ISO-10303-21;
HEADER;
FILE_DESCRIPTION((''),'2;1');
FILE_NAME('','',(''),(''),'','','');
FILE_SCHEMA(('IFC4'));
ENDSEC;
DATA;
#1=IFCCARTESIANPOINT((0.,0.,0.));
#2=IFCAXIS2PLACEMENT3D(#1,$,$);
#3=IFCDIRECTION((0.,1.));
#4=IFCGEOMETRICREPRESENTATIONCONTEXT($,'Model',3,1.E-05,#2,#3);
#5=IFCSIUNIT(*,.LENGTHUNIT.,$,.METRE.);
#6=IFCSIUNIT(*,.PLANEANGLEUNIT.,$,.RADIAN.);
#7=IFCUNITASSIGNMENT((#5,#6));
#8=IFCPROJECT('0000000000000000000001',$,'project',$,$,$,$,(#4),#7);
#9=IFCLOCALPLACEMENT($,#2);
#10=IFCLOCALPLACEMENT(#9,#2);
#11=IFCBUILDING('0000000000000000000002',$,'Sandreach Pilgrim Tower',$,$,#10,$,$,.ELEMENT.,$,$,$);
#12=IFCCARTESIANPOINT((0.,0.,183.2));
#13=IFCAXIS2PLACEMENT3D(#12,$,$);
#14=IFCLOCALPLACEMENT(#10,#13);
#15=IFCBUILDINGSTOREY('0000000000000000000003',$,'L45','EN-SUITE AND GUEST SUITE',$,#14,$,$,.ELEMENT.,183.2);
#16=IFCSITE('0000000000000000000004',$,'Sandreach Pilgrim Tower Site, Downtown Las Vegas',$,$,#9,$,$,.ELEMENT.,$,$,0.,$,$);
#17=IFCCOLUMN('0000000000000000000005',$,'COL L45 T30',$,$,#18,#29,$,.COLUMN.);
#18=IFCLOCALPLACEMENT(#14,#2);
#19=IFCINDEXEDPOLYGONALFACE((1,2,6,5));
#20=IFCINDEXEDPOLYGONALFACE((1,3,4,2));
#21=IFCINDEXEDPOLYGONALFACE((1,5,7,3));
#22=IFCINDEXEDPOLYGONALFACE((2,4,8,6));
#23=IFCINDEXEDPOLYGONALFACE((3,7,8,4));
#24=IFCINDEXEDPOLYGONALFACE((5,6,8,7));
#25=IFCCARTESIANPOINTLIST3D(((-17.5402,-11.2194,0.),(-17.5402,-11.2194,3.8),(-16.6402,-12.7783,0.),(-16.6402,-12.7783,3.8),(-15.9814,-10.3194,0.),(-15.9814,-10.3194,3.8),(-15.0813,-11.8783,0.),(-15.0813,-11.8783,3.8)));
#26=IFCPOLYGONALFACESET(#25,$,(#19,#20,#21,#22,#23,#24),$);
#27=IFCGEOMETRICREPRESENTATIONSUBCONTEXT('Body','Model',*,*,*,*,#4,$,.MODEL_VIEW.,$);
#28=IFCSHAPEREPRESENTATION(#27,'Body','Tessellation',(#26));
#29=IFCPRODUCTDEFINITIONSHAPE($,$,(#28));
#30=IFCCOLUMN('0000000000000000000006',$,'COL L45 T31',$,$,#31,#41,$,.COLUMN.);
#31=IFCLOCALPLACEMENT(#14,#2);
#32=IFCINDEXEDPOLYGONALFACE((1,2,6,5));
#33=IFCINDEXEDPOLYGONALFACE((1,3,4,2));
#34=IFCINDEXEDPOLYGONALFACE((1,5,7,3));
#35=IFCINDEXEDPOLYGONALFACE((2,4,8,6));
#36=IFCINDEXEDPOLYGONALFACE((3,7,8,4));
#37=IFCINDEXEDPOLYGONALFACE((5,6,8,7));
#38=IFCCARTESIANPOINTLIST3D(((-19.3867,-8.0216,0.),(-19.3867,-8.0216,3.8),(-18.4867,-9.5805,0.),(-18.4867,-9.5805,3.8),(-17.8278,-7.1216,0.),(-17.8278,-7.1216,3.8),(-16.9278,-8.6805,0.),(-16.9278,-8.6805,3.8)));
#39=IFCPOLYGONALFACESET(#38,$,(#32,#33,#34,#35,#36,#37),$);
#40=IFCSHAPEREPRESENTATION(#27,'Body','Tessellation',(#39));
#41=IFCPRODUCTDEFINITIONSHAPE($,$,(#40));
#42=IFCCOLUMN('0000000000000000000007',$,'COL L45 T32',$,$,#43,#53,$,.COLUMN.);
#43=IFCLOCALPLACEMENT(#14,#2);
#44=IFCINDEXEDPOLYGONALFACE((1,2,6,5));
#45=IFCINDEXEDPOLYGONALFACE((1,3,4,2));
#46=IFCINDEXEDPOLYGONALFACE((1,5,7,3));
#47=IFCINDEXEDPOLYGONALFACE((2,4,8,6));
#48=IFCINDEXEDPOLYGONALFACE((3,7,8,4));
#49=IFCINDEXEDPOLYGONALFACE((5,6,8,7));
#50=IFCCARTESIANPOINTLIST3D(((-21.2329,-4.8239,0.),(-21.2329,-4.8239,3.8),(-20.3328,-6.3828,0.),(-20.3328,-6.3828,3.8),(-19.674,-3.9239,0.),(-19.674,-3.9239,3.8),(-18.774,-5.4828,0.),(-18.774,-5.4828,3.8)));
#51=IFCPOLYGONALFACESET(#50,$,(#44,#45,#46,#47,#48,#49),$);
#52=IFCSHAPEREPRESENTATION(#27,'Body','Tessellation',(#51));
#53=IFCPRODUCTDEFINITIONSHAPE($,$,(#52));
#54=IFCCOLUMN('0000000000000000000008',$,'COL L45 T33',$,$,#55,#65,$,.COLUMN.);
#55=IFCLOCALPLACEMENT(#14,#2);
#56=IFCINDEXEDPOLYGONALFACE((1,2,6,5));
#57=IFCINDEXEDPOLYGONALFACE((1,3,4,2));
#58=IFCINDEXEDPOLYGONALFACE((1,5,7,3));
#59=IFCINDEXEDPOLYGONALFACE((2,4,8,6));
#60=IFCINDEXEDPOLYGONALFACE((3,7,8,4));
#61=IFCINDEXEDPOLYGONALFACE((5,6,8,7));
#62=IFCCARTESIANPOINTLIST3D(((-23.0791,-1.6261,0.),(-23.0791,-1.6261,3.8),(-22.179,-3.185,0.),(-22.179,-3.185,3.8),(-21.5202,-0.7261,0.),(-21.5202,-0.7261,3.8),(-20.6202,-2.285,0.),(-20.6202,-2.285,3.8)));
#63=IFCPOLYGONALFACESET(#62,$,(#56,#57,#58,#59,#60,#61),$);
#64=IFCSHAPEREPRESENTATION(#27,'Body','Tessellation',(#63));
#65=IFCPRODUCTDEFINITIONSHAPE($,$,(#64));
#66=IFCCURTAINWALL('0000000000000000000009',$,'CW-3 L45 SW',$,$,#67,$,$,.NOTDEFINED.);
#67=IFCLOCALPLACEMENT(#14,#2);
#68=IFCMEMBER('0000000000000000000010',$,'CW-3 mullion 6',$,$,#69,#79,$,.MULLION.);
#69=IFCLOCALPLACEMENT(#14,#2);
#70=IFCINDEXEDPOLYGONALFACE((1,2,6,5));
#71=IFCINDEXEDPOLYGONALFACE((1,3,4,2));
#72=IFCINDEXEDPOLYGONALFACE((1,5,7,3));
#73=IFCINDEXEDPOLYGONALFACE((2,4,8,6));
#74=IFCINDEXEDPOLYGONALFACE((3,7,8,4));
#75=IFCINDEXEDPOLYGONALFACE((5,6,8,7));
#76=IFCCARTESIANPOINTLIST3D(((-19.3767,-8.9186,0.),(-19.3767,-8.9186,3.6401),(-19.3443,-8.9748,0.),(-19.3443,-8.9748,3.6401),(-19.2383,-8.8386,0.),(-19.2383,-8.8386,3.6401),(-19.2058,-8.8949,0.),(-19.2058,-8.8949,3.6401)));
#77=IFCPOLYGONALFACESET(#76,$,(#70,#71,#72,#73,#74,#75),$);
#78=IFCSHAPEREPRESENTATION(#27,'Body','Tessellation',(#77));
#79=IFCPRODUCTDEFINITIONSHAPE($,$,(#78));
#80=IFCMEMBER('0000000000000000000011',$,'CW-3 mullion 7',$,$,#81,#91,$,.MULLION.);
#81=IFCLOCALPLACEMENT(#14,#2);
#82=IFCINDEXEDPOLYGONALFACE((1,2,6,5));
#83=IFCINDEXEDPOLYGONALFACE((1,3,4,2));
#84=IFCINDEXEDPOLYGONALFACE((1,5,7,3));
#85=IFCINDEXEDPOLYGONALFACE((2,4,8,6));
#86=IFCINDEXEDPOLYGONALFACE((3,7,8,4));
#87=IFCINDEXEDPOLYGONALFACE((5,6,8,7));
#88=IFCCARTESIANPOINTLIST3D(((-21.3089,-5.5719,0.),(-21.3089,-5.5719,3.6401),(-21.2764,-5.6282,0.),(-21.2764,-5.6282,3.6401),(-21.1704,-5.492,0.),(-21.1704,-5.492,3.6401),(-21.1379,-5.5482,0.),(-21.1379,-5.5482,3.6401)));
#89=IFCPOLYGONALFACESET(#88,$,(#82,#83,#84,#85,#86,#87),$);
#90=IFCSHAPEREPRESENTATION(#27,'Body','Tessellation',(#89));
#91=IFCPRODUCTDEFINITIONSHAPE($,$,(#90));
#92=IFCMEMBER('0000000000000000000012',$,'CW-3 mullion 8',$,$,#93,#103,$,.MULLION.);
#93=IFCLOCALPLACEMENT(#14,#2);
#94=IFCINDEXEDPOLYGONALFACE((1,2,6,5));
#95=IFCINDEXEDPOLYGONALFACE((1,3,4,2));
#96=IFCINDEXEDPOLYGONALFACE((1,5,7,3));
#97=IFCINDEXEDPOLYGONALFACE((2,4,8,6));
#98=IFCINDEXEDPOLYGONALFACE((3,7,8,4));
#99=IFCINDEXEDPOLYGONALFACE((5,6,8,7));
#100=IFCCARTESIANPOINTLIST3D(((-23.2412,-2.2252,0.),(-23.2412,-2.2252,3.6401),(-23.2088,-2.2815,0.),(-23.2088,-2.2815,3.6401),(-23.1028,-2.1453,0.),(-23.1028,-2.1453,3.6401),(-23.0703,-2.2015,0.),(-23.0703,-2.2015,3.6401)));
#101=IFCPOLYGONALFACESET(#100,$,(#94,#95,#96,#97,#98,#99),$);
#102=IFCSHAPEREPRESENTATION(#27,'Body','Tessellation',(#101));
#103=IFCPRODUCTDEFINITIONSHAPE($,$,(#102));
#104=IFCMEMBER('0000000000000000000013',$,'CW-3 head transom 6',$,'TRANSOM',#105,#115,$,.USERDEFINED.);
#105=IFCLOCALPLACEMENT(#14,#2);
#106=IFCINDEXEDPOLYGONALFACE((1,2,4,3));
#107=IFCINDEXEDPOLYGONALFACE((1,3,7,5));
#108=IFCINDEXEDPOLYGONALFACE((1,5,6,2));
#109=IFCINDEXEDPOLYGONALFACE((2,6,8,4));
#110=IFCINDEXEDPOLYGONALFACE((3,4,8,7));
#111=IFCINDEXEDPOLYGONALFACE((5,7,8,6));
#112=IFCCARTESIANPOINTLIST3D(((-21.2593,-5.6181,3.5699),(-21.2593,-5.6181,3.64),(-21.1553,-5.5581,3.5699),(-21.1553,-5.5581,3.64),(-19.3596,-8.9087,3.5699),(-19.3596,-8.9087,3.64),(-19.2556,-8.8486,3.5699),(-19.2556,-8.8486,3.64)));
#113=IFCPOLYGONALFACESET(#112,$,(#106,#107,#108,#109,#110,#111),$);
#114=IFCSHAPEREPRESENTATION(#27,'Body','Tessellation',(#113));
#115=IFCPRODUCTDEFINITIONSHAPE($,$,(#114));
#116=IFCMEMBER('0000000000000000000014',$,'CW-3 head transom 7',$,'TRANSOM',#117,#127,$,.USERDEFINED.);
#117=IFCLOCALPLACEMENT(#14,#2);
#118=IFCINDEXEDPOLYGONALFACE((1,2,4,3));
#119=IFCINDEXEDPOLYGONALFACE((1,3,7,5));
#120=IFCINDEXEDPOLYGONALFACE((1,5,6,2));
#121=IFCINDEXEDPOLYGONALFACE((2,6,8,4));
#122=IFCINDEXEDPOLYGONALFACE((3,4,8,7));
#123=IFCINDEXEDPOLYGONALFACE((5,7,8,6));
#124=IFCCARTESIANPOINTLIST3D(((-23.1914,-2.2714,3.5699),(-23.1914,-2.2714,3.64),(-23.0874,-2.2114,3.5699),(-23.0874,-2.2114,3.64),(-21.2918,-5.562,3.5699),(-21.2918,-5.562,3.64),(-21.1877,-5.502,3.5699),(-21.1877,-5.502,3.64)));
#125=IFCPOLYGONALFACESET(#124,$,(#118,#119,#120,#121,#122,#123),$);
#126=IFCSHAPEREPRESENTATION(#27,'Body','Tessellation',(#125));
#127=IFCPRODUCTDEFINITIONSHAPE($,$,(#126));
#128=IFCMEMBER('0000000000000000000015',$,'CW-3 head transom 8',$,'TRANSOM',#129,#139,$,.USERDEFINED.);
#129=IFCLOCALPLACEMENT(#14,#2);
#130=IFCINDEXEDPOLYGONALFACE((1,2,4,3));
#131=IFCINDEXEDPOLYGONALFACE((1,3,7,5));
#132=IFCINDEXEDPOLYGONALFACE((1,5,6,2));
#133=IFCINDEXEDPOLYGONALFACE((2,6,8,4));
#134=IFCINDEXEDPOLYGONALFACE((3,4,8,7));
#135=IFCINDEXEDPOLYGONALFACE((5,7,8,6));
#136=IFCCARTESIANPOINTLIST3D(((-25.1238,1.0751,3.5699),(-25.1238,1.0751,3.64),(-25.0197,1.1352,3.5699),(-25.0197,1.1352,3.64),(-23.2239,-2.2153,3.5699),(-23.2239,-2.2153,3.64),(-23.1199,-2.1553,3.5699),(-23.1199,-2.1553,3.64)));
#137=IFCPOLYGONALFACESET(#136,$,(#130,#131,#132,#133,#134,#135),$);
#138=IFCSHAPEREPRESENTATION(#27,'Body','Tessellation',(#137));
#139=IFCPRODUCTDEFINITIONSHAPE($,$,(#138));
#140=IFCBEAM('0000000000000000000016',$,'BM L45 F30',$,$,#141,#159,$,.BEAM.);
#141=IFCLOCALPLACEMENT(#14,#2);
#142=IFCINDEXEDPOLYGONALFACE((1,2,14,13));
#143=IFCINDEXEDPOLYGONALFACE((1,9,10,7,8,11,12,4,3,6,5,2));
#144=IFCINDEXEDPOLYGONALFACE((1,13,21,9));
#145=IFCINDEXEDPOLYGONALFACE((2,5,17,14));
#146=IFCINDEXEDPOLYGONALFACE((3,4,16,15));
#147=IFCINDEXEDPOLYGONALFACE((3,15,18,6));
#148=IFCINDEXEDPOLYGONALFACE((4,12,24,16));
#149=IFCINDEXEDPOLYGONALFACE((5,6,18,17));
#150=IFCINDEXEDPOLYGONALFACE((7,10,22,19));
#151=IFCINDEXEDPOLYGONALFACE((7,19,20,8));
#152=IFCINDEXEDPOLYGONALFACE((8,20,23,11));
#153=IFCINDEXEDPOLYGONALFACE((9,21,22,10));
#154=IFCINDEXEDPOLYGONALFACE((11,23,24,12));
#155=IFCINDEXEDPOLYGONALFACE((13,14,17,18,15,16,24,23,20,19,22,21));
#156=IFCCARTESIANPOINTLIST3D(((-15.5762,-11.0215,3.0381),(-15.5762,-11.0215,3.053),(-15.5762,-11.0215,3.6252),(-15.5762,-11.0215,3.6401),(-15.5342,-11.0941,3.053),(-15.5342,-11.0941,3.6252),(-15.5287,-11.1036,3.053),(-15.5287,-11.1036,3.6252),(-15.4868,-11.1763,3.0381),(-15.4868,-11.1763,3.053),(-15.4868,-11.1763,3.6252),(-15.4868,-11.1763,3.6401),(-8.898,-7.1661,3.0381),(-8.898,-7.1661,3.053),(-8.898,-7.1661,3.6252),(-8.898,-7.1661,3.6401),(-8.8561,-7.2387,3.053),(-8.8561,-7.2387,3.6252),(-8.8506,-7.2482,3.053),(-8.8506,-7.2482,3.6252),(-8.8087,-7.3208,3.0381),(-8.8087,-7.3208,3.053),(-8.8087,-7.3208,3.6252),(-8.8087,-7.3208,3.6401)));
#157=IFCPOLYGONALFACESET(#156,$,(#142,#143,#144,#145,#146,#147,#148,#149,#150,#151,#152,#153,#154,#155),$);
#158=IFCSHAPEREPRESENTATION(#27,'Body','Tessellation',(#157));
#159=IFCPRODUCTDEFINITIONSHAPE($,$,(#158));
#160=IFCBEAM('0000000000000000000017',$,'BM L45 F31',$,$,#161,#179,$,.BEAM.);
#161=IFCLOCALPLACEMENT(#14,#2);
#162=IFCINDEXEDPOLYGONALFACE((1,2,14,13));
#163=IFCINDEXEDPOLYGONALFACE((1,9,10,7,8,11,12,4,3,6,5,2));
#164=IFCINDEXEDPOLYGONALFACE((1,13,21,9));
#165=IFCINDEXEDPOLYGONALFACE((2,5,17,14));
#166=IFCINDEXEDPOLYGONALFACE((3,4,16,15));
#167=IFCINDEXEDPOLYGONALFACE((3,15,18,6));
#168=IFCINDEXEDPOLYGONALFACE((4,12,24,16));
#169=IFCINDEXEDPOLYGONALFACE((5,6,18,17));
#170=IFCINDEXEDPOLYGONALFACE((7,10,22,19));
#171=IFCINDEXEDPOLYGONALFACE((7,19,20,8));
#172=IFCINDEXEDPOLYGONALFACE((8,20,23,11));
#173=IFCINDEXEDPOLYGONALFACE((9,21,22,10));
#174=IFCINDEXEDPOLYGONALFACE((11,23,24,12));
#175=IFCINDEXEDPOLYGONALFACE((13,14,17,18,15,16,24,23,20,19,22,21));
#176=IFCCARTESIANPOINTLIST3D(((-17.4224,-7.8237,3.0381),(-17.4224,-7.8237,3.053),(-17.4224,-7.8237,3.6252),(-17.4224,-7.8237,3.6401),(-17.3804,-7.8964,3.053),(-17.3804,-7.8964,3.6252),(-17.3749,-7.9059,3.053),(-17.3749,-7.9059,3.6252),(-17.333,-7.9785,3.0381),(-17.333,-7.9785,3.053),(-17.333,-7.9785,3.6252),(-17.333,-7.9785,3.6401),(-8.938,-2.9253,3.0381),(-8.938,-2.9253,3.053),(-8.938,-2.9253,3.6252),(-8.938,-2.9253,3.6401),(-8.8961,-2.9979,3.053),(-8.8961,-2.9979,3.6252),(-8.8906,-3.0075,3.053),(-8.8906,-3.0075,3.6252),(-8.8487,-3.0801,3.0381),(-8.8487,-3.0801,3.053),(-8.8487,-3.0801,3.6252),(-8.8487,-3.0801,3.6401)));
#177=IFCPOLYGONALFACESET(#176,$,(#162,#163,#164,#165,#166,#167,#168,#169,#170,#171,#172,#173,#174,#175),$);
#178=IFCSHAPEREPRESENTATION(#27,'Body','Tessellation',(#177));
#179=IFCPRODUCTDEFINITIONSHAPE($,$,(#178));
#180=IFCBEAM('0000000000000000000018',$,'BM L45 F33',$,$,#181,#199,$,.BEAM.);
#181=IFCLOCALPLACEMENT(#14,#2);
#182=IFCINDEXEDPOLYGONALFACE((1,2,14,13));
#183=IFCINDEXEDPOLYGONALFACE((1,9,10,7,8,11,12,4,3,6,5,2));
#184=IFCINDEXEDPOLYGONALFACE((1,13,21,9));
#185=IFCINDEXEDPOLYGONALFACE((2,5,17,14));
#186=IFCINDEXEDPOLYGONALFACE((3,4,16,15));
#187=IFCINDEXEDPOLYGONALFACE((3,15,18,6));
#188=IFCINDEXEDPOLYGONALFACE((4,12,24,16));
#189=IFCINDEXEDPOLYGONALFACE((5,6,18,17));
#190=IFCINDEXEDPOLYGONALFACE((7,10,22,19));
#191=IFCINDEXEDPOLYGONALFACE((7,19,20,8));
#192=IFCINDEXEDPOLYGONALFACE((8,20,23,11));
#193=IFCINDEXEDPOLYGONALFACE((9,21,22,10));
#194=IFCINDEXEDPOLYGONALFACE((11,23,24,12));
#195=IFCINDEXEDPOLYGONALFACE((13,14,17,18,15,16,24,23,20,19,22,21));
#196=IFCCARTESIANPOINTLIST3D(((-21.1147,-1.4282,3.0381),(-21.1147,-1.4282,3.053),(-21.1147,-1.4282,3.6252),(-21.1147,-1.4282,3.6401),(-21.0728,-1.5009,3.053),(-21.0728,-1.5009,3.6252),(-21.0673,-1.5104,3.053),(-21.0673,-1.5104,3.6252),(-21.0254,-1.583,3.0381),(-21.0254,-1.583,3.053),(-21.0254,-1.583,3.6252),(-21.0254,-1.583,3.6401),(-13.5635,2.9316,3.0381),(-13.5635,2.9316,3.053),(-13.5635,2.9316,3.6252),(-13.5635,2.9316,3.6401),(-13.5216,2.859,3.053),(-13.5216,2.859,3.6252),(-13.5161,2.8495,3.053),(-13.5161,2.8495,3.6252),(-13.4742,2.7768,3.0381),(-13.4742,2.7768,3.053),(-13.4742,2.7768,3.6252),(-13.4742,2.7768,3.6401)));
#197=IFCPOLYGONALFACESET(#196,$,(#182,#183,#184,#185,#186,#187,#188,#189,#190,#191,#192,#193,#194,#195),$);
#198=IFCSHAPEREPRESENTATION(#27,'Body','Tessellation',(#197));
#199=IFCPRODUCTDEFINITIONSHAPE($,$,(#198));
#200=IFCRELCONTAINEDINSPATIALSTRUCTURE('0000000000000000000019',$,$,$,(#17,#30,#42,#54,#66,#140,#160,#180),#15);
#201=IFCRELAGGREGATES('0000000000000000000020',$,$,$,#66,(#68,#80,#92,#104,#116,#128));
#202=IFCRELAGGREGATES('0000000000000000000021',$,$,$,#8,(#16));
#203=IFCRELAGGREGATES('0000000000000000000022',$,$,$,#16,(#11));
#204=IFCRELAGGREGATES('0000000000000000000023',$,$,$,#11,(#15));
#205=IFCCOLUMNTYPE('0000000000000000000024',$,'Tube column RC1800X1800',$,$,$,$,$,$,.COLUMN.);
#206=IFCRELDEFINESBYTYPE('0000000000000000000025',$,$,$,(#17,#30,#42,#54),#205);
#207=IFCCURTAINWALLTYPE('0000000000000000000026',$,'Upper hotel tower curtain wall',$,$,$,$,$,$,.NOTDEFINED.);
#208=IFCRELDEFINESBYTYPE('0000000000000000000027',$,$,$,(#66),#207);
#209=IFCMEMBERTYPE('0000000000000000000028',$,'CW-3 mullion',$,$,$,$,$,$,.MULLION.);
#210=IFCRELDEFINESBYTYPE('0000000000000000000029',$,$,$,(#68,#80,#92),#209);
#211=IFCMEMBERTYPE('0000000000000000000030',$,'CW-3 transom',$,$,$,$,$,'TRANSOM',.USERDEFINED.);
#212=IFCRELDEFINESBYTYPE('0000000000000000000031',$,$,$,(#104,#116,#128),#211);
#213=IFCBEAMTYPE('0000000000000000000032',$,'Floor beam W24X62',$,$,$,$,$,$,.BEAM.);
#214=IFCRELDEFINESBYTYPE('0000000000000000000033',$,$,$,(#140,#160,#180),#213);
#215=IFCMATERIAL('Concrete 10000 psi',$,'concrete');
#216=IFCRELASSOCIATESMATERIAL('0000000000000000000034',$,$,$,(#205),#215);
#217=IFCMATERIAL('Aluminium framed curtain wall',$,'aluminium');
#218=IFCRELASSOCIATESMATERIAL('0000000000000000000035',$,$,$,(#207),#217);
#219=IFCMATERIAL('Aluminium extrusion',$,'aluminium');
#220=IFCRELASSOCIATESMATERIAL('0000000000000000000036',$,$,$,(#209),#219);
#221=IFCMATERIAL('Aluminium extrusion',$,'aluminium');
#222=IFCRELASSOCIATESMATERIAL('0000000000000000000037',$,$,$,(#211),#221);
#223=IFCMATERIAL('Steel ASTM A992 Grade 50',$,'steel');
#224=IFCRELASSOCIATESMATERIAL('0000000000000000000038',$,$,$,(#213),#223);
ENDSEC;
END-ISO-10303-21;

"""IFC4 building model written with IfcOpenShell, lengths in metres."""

from ifc_helpers import new_model, si_unit, direction, frame, origin, origin_2d, place, context, subcontext, project, spatial, rectangle, i_section, extrude, material, material_profile, profile_set, type_object, element, aggregate, save


model = new_model("IFC4")

# Units and contexts
model_context = context("Model", 3, precision=1e-05, world=origin(), true_north=direction((0.0, 1.0)))
body_context = subcontext(model_context, "Body", "Model", "MODEL_VIEW")
ifc_project = project(units=[si_unit("LENGTHUNIT", "METRE"), si_unit("PLANEANGLEUNIT", "RADIAN")], contexts=[model_context])

# Site, building, storey
site_placement = place(None, origin())
site = spatial("IfcSite", under=ifc_project, at=site_placement, Name="Sandreach Pilgrim Tower Site, Downtown Las Vegas", CompositionType="ELEMENT", RefElevation=0.0)
building_placement = place(site_placement, origin())
building = spatial("IfcBuilding", under=site, at=building_placement, Name="Sandreach Pilgrim Tower", CompositionType="ELEMENT")
storey_placement = place(building_placement, frame((0.0, 0.0, 183.2)))
storey = spatial("IfcBuildingStorey", under=building, at=storey_placement, Name="L45", Description="EN-SUITE AND GUEST SUITE", CompositionType="ELEMENT", Elevation=183.2)

# Columns
ifc_material_1 = material(Name="Concrete 10000 psi", Category="concrete")
ifc_material_profile_1 = material_profile(ifc_material_1, rectangle(XDim=1.8, YDim=1.8, at=origin_2d()), Name="RC1800X1800")
ifc_profile_set_1 = profile_set([ifc_material_profile_1], Name="Concrete 10000 psi")
column_type = type_object("IfcColumnType", Name="Tube column RC1800X1800", PredefinedType="COLUMN", material=ifc_profile_set_1)
for number, where, z_axis, x_axis, name in (
    (1, (-16.3108, -11.5488, 0.0), (0.0, 0.0, 1.0), (-0.866025, -0.5, 0.0), "COL L45 T30"),
    (2, (-18.1572, -8.3511, 0.0), (0.0, 0.0, 1.0), (-0.866025, -0.5, 0.0), "COL L45 T31"),
    (3, (-20.0034, -5.1533, 0.0), (0.0, 0.0, 1.0), (-0.866025, -0.5, 0.0), "COL L45 T32"),
    (4, (-21.8496, -1.9556, 0.0), (0.0, 0.0, 1.0), (-0.866025, -0.5, 0.0), "COL L45 T33"),
):
    element("IfcColumn", number, at=place(storey_placement, frame(where, z_axis=z_axis, x_axis=x_axis)), inside=storey, type_object=column_type, Name=name, PredefinedType="COLUMN", context=body_context, shape_type="SweptSolid", body=[
        extrude(rectangle(XDim=1.8, YDim=1.8, at=origin_2d()), origin(), (0.0, 0.0, 1.0), 3.8),
    ])

# Curtain wall, members
ifc_material_2 = material(Name="Aluminium framed curtain wall", Category="aluminium")
curtain_wall_type = type_object("IfcCurtainWallType", Name="Upper hotel tower curtain wall", PredefinedType="NOTDEFINED", material=ifc_material_2)
curtain_wall_placement = place(storey_placement, origin())
curtain_wall = element("IfcCurtainWall", 5, at=curtain_wall_placement, inside=storey, type_object=curtain_wall_type, Name="CW-3 L45 SW", PredefinedType="NOTDEFINED")
ifc_material_3 = material(Name="Aluminium extrusion", Category="aluminium")
ifc_material_profile_2 = material_profile(ifc_material_3, rectangle(XDim=0.0649, YDim=0.1599, at=origin_2d()), Name="CW-3M 65X160")
ifc_profile_set_2 = profile_set([ifc_material_profile_2], Name="Aluminium extrusion")
member_type_1 = type_object("IfcMemberType", Name="CW-3 mullion", PredefinedType="MULLION", material=ifc_profile_set_2)
member_1_placement = place(storey_placement, frame((-19.2913, -8.9067, 0.0), z_axis=(0.0, 0.0, 1.0), x_axis=(-0.5, 0.866025, 0.0)))
member_1 = element("IfcMember", 6, at=member_1_placement, type_object=member_type_1, Name="CW-3 mullion 6", PredefinedType="MULLION", context=body_context, shape_type="SweptSolid", body=[
    extrude(rectangle(XDim=0.0649, YDim=0.1599, at=origin_2d()), origin(), (0.0, 0.0, 1.0), 3.6401),
])
member_2_placement = place(storey_placement, frame((-21.2234, -5.5601, 0.0), z_axis=(0.0, 0.0, 1.0), x_axis=(-0.5, 0.866025, 0.0)))
member_2 = element("IfcMember", 7, at=member_2_placement, type_object=member_type_1, Name="CW-3 mullion 7", PredefinedType="MULLION", context=body_context, shape_type="SweptSolid", body=[
    extrude(rectangle(XDim=0.0649, YDim=0.1599, at=origin_2d()), origin(), (0.0, 0.0, 1.0), 3.6401),
])
member_3_placement = place(storey_placement, frame((-23.1558, -2.2134, 0.0), z_axis=(0.0, 0.0, 1.0), x_axis=(-0.5, 0.866025, 0.0)))
member_3 = element("IfcMember", 8, at=member_3_placement, type_object=member_type_1, Name="CW-3 mullion 8", PredefinedType="MULLION", context=body_context, shape_type="SweptSolid", body=[
    extrude(rectangle(XDim=0.0649, YDim=0.1599, at=origin_2d()), origin(), (0.0, 0.0, 1.0), 3.6401),
])
ifc_material_4 = material(Name="Aluminium extrusion", Category="aluminium")
ifc_material_profile_3 = material_profile(ifc_material_4, rectangle(XDim=0.1201, YDim=0.0701, at=origin_2d()), Name="CW-3T 120X70")
ifc_profile_set_3 = profile_set([ifc_material_profile_3], Name="Aluminium extrusion")
member_type_2 = type_object("IfcMemberType", Name="CW-3 transom", ElementType="TRANSOM", PredefinedType="USERDEFINED", material=ifc_profile_set_3)
member_4_placement = place(storey_placement, frame((-19.3076, -8.8787, 3.605), z_axis=(-0.499975, 0.86604, 0.0), x_axis=(-0.86604, -0.499975, 0.0)))
member_4 = element("IfcMember", 9, at=member_4_placement, type_object=member_type_2, Name="CW-3 head transom 6", ObjectType="TRANSOM", PredefinedType="USERDEFINED", context=body_context, shape_type="SweptSolid", body=[
    extrude(rectangle(XDim=0.1201, YDim=0.0701, at=origin_2d()), origin(), (0.0, 0.0, 1.0), 3.7996),
])
member_5_placement = place(storey_placement, frame((-21.2397, -5.532, 3.605), z_axis=(-0.499975, 0.86604, 0.0), x_axis=(-0.86604, -0.499975, 0.0)))
member_5 = element("IfcMember", 10, at=member_5_placement, type_object=member_type_2, Name="CW-3 head transom 7", ObjectType="TRANSOM", PredefinedType="USERDEFINED", context=body_context, shape_type="SweptSolid", body=[
    extrude(rectangle(XDim=0.1201, YDim=0.0701, at=origin_2d()), origin(), (0.0, 0.0, 1.0), 3.7996),
])
member_6_placement = place(storey_placement, frame((-23.1719, -2.1853, 3.605), z_axis=(-0.500023, 0.866012, 0.0), x_axis=(-0.866012, -0.500023, 0.0)))
member_6 = element("IfcMember", 11, at=member_6_placement, type_object=member_type_2, Name="CW-3 head transom 8", ObjectType="TRANSOM", PredefinedType="USERDEFINED", context=body_context, shape_type="SweptSolid", body=[
    extrude(rectangle(XDim=0.1201, YDim=0.0701, at=origin_2d()), origin(), (0.0, 0.0, 1.0), 3.7996),
])

# Beams
ifc_material_5 = material(Name="Steel ASTM A992 Grade 50", Category="steel")
ifc_material_profile_4 = material_profile(ifc_material_5, i_section(OverallWidth=0.1787, OverallDepth=0.6021, WebThickness=0.011, FlangeThickness=0.0149, at=origin_2d()), Name="W24X62")
ifc_profile_set_4 = profile_set([ifc_material_profile_4], Name="Steel ASTM A992 Grade 50")
beam_type_1 = type_object("IfcBeamType", Name="Floor beam W24X62", PredefinedType="BEAM", material=ifc_profile_set_4)
beam_1_placement = place(storey_placement, frame((-15.5315, -11.0989, 3.3391), z_axis=(0.866037, 0.49998, 0.0), x_axis=(-0.49998, 0.866037, 0.0)))
element("IfcBeam", 12, at=beam_1_placement, inside=storey, type_object=beam_type_1, Name="BM L45 F30", PredefinedType="BEAM", context=body_context, shape_type="SweptSolid", body=[
    extrude(i_section(OverallWidth=0.1787, OverallDepth=0.6021, WebThickness=0.011, FlangeThickness=0.0149, at=origin_2d()), origin(), (0.0, 0.0, 1.0), 7.7112),
])
beam_2_placement = place(storey_placement, frame((-17.3777, -7.9011, 3.3391), z_axis=(0.866026, 0.499999, 0.0), x_axis=(-0.499999, 0.866026, 0.0)))
element("IfcBeam", 13, at=beam_2_placement, inside=storey, type_object=beam_type_1, Name="BM L45 F31", PredefinedType="BEAM", context=body_context, shape_type="SweptSolid", body=[
    extrude(i_section(OverallWidth=0.1787, OverallDepth=0.6021, WebThickness=0.011, FlangeThickness=0.0149, at=origin_2d()), origin(), (0.0, 0.0, 1.0), 9.7969),
])
beam_3_placement = place(storey_placement, frame((-21.0701, -1.5056, 3.3391), z_axis=(0.866019, 0.500012, 0.0), x_axis=(-0.500012, 0.866019, 0.0)))
element("IfcBeam", 14, at=beam_3_placement, inside=storey, type_object=beam_type_1, Name="BM L45 F33", PredefinedType="BEAM", context=body_context, shape_type="SweptSolid", body=[
    extrude(i_section(OverallWidth=0.1787, OverallDepth=0.6021, WebThickness=0.011, FlangeThickness=0.0149, at=origin_2d()), origin(), (0.0, 0.0, 1.0), 8.7195),
])

aggregate(curtain_wall, [member_1, member_2, member_3, member_4, member_5, member_6])

save(model, "model.ifc")
